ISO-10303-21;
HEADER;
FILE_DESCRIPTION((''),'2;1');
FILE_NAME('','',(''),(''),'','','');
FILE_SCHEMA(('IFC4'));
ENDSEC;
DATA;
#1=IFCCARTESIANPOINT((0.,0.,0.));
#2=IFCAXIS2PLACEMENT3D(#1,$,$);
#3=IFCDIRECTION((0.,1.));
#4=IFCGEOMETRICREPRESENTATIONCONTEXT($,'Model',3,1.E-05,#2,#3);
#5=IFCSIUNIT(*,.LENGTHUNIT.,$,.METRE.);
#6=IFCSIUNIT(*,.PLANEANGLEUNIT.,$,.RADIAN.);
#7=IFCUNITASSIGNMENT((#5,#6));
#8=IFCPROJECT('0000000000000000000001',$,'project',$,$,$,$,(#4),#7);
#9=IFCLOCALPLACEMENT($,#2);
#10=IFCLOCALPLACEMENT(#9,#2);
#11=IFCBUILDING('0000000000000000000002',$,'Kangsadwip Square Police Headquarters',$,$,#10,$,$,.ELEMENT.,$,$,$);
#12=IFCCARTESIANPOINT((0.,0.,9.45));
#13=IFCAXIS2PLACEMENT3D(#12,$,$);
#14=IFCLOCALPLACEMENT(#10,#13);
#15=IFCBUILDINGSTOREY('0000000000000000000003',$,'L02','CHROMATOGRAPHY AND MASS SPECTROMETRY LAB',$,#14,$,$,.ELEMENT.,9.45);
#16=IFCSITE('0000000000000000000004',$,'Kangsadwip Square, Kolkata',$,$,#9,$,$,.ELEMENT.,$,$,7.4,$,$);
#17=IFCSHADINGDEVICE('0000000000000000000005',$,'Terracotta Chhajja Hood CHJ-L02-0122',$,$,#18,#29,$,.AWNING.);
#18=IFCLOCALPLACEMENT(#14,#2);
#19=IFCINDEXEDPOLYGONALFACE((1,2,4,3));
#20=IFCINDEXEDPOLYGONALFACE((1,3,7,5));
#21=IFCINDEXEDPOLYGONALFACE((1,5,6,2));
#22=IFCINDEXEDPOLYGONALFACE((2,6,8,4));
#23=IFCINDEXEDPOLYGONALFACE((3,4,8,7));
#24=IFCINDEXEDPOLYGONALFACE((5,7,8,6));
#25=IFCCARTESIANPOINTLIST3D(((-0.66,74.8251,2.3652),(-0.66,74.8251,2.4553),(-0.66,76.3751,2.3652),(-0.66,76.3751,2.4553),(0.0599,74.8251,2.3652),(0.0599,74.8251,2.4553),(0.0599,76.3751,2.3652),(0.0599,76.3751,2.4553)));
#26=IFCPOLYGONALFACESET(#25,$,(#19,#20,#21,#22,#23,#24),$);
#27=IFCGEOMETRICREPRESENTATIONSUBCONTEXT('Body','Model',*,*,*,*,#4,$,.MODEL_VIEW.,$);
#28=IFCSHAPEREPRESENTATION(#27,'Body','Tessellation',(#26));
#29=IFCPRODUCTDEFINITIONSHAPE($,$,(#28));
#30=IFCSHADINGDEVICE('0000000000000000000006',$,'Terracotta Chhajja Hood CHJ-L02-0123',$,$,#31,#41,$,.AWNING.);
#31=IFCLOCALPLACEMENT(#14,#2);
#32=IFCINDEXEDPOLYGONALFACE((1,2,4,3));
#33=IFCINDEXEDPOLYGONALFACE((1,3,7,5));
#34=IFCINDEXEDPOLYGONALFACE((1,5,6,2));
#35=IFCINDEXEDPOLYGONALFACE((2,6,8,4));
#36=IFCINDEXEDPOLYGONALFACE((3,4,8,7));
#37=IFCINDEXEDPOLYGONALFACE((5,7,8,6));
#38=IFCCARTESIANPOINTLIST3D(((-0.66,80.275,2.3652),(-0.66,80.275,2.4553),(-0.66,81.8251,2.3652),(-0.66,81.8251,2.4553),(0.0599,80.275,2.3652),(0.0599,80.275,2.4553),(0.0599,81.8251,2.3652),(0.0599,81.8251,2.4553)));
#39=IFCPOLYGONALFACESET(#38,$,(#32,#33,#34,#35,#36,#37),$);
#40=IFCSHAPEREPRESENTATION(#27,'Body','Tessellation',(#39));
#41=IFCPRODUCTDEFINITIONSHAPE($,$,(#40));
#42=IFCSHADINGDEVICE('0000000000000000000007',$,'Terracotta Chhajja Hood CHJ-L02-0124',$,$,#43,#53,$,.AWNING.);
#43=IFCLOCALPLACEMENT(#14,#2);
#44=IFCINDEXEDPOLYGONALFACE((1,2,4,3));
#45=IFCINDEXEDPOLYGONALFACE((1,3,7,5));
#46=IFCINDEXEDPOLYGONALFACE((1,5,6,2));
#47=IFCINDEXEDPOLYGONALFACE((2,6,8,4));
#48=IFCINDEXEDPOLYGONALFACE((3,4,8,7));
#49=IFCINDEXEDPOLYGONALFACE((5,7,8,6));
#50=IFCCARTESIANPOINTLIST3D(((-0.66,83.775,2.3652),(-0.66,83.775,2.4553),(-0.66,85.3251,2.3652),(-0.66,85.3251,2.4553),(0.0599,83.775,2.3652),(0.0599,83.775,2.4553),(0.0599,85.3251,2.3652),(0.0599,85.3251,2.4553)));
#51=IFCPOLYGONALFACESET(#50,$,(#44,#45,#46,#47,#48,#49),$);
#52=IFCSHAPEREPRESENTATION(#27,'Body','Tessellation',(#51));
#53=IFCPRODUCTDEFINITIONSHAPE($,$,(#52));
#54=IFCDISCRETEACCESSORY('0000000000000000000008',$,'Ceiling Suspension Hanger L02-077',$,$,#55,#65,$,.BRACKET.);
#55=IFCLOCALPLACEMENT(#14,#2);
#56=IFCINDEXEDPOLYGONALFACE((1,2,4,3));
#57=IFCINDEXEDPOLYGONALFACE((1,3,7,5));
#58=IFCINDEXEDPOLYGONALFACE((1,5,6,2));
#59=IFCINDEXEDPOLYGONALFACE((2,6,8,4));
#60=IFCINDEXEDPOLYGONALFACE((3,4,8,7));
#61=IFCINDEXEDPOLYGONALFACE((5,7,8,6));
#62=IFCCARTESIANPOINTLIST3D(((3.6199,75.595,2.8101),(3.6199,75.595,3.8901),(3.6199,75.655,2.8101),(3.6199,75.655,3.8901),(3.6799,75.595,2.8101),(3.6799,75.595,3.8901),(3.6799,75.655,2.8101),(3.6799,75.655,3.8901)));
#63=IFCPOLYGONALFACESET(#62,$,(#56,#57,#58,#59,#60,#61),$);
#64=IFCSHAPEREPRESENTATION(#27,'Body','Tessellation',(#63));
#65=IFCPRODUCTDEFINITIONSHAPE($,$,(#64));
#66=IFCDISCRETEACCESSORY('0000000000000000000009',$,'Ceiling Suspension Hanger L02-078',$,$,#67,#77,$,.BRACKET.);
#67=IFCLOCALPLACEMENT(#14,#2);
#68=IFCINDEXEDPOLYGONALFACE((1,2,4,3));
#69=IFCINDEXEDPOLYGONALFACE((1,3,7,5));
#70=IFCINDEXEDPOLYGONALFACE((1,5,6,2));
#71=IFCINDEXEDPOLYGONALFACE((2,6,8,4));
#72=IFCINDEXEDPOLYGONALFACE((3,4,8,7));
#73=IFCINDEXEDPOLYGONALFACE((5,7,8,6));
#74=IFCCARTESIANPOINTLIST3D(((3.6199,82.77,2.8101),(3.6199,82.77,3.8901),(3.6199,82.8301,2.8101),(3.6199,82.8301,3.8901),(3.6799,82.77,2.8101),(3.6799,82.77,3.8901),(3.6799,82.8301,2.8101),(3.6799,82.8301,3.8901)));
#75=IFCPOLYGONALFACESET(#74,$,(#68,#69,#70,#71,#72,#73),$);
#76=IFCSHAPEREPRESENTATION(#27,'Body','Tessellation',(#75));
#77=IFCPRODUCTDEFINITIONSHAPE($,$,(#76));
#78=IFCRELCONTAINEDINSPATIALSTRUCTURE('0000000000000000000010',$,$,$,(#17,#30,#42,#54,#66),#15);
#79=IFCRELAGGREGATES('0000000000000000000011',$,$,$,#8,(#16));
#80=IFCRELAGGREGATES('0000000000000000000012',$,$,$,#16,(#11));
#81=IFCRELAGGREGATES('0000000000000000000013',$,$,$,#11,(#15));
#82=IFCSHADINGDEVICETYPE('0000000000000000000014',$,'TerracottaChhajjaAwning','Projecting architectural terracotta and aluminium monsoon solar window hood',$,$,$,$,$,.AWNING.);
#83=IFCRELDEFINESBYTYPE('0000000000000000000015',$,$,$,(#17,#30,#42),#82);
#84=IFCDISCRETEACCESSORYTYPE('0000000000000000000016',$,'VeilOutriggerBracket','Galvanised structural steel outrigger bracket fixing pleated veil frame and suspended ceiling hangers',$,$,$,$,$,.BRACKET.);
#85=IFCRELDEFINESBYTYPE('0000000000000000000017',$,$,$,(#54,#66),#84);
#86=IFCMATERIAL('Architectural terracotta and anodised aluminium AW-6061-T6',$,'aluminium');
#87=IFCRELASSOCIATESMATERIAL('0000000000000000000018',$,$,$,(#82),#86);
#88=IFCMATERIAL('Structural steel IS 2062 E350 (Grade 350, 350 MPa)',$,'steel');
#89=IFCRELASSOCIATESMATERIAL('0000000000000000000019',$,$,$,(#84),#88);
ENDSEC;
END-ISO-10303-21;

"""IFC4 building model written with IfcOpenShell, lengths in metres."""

from ifc_helpers import new_model, si_unit, direction, frame, origin, origin_2d, place, context, subcontext, project, spatial, rectangle, extrude, material, type_object, element, save


model = new_model("IFC4")

# Units and contexts
model_context = context("Model", 3, precision=1e-05, world=origin(), true_north=direction((0.0, 1.0)))
body_context = subcontext(model_context, "Body", "Model", "MODEL_VIEW")
ifc_project = project(units=[si_unit("LENGTHUNIT", "METRE"), si_unit("PLANEANGLEUNIT", "RADIAN")], contexts=[model_context])

# Site, building, storey
site_placement = place(None, origin())
site = spatial("IfcSite", under=ifc_project, at=site_placement, Name="Kangsadwip Square, Kolkata", CompositionType="ELEMENT", RefElevation=7.4)
building_placement = place(site_placement, origin())
building = spatial("IfcBuilding", under=site, at=building_placement, Name="Kangsadwip Square Police Headquarters", CompositionType="ELEMENT")
storey_placement = place(building_placement, frame((0.0, 0.0, 9.45)))
storey = spatial("IfcBuildingStorey", under=building, at=storey_placement, Name="L02", Description="CHROMATOGRAPHY AND MASS SPECTROMETRY LAB", CompositionType="ELEMENT", Elevation=9.45)

# Shading devices
ifc_material_1 = material(Name="Architectural terracotta and anodised aluminium AW-6061-T6", Category="aluminium")
shading_device_type = type_object("IfcShadingDeviceType", Name="TerracottaChhajjaAwning", Description="Projecting architectural terracotta and aluminium monsoon solar window hood", PredefinedType="AWNING", material=ifc_material_1)
for number, where, z_axis, x_axis, name in (
    (1, (-0.3, 75.6001, 2.3652), (0.0, 0.0, 1.0), (0.0, 1.0, 0.0), "Terracotta Chhajja Hood CHJ-L02-0122"),
    (2, (-0.3, 81.05, 2.3652), (0.0, 0.0, 1.0), (0.0, 1.0, 0.0), "Terracotta Chhajja Hood CHJ-L02-0123"),
    (3, (-0.3, 84.55, 2.3652), (0.0, 0.0, 1.0), (0.0, 1.0, 0.0), "Terracotta Chhajja Hood CHJ-L02-0124"),
):
    element("IfcShadingDevice", number, at=place(storey_placement, frame(where, z_axis=z_axis, x_axis=x_axis)), inside=storey, type_object=shading_device_type, Name=name, PredefinedType="AWNING", context=body_context, shape_type="SweptSolid", body=[
        extrude(rectangle(XDim=1.55, YDim=0.72, at=origin_2d()), origin(), (0.0, 0.0, 1.0), 0.0901),
    ])

# Discrete accessories
ifc_material_2 = material(Name="Structural steel IS 2062 E350 (Grade 350, 350 MPa)", Category="steel")
discrete_accessory_type = type_object("IfcDiscreteAccessoryType", Name="VeilOutriggerBracket", Description="Galvanised structural steel outrigger bracket fixing pleated veil frame and suspended ceiling hangers", PredefinedType="BRACKET", material=ifc_material_2)
for number, where, z_axis, x_axis, name in (
    (4, (3.6499, 75.625, 2.8101), (0.0, 0.0, 1.0), (1.0, 0.0, 0.0), "Ceiling Suspension Hanger L02-077"),
    (5, (3.6499, 82.8, 2.8101), (0.0, 0.0, 1.0), (1.0, 0.0, 0.0), "Ceiling Suspension Hanger L02-078"),
):
    element("IfcDiscreteAccessory", number, at=place(storey_placement, frame(where, z_axis=z_axis, x_axis=x_axis)), inside=storey, type_object=discrete_accessory_type, Name=name, PredefinedType="BRACKET", context=body_context, shape_type="SweptSolid", body=[
        extrude(rectangle(XDim=0.0601, YDim=0.0601, at=origin_2d()), origin(), (0.0, 0.0, 1.0), 1.0801),
    ])

save(model, "model.ifc")
